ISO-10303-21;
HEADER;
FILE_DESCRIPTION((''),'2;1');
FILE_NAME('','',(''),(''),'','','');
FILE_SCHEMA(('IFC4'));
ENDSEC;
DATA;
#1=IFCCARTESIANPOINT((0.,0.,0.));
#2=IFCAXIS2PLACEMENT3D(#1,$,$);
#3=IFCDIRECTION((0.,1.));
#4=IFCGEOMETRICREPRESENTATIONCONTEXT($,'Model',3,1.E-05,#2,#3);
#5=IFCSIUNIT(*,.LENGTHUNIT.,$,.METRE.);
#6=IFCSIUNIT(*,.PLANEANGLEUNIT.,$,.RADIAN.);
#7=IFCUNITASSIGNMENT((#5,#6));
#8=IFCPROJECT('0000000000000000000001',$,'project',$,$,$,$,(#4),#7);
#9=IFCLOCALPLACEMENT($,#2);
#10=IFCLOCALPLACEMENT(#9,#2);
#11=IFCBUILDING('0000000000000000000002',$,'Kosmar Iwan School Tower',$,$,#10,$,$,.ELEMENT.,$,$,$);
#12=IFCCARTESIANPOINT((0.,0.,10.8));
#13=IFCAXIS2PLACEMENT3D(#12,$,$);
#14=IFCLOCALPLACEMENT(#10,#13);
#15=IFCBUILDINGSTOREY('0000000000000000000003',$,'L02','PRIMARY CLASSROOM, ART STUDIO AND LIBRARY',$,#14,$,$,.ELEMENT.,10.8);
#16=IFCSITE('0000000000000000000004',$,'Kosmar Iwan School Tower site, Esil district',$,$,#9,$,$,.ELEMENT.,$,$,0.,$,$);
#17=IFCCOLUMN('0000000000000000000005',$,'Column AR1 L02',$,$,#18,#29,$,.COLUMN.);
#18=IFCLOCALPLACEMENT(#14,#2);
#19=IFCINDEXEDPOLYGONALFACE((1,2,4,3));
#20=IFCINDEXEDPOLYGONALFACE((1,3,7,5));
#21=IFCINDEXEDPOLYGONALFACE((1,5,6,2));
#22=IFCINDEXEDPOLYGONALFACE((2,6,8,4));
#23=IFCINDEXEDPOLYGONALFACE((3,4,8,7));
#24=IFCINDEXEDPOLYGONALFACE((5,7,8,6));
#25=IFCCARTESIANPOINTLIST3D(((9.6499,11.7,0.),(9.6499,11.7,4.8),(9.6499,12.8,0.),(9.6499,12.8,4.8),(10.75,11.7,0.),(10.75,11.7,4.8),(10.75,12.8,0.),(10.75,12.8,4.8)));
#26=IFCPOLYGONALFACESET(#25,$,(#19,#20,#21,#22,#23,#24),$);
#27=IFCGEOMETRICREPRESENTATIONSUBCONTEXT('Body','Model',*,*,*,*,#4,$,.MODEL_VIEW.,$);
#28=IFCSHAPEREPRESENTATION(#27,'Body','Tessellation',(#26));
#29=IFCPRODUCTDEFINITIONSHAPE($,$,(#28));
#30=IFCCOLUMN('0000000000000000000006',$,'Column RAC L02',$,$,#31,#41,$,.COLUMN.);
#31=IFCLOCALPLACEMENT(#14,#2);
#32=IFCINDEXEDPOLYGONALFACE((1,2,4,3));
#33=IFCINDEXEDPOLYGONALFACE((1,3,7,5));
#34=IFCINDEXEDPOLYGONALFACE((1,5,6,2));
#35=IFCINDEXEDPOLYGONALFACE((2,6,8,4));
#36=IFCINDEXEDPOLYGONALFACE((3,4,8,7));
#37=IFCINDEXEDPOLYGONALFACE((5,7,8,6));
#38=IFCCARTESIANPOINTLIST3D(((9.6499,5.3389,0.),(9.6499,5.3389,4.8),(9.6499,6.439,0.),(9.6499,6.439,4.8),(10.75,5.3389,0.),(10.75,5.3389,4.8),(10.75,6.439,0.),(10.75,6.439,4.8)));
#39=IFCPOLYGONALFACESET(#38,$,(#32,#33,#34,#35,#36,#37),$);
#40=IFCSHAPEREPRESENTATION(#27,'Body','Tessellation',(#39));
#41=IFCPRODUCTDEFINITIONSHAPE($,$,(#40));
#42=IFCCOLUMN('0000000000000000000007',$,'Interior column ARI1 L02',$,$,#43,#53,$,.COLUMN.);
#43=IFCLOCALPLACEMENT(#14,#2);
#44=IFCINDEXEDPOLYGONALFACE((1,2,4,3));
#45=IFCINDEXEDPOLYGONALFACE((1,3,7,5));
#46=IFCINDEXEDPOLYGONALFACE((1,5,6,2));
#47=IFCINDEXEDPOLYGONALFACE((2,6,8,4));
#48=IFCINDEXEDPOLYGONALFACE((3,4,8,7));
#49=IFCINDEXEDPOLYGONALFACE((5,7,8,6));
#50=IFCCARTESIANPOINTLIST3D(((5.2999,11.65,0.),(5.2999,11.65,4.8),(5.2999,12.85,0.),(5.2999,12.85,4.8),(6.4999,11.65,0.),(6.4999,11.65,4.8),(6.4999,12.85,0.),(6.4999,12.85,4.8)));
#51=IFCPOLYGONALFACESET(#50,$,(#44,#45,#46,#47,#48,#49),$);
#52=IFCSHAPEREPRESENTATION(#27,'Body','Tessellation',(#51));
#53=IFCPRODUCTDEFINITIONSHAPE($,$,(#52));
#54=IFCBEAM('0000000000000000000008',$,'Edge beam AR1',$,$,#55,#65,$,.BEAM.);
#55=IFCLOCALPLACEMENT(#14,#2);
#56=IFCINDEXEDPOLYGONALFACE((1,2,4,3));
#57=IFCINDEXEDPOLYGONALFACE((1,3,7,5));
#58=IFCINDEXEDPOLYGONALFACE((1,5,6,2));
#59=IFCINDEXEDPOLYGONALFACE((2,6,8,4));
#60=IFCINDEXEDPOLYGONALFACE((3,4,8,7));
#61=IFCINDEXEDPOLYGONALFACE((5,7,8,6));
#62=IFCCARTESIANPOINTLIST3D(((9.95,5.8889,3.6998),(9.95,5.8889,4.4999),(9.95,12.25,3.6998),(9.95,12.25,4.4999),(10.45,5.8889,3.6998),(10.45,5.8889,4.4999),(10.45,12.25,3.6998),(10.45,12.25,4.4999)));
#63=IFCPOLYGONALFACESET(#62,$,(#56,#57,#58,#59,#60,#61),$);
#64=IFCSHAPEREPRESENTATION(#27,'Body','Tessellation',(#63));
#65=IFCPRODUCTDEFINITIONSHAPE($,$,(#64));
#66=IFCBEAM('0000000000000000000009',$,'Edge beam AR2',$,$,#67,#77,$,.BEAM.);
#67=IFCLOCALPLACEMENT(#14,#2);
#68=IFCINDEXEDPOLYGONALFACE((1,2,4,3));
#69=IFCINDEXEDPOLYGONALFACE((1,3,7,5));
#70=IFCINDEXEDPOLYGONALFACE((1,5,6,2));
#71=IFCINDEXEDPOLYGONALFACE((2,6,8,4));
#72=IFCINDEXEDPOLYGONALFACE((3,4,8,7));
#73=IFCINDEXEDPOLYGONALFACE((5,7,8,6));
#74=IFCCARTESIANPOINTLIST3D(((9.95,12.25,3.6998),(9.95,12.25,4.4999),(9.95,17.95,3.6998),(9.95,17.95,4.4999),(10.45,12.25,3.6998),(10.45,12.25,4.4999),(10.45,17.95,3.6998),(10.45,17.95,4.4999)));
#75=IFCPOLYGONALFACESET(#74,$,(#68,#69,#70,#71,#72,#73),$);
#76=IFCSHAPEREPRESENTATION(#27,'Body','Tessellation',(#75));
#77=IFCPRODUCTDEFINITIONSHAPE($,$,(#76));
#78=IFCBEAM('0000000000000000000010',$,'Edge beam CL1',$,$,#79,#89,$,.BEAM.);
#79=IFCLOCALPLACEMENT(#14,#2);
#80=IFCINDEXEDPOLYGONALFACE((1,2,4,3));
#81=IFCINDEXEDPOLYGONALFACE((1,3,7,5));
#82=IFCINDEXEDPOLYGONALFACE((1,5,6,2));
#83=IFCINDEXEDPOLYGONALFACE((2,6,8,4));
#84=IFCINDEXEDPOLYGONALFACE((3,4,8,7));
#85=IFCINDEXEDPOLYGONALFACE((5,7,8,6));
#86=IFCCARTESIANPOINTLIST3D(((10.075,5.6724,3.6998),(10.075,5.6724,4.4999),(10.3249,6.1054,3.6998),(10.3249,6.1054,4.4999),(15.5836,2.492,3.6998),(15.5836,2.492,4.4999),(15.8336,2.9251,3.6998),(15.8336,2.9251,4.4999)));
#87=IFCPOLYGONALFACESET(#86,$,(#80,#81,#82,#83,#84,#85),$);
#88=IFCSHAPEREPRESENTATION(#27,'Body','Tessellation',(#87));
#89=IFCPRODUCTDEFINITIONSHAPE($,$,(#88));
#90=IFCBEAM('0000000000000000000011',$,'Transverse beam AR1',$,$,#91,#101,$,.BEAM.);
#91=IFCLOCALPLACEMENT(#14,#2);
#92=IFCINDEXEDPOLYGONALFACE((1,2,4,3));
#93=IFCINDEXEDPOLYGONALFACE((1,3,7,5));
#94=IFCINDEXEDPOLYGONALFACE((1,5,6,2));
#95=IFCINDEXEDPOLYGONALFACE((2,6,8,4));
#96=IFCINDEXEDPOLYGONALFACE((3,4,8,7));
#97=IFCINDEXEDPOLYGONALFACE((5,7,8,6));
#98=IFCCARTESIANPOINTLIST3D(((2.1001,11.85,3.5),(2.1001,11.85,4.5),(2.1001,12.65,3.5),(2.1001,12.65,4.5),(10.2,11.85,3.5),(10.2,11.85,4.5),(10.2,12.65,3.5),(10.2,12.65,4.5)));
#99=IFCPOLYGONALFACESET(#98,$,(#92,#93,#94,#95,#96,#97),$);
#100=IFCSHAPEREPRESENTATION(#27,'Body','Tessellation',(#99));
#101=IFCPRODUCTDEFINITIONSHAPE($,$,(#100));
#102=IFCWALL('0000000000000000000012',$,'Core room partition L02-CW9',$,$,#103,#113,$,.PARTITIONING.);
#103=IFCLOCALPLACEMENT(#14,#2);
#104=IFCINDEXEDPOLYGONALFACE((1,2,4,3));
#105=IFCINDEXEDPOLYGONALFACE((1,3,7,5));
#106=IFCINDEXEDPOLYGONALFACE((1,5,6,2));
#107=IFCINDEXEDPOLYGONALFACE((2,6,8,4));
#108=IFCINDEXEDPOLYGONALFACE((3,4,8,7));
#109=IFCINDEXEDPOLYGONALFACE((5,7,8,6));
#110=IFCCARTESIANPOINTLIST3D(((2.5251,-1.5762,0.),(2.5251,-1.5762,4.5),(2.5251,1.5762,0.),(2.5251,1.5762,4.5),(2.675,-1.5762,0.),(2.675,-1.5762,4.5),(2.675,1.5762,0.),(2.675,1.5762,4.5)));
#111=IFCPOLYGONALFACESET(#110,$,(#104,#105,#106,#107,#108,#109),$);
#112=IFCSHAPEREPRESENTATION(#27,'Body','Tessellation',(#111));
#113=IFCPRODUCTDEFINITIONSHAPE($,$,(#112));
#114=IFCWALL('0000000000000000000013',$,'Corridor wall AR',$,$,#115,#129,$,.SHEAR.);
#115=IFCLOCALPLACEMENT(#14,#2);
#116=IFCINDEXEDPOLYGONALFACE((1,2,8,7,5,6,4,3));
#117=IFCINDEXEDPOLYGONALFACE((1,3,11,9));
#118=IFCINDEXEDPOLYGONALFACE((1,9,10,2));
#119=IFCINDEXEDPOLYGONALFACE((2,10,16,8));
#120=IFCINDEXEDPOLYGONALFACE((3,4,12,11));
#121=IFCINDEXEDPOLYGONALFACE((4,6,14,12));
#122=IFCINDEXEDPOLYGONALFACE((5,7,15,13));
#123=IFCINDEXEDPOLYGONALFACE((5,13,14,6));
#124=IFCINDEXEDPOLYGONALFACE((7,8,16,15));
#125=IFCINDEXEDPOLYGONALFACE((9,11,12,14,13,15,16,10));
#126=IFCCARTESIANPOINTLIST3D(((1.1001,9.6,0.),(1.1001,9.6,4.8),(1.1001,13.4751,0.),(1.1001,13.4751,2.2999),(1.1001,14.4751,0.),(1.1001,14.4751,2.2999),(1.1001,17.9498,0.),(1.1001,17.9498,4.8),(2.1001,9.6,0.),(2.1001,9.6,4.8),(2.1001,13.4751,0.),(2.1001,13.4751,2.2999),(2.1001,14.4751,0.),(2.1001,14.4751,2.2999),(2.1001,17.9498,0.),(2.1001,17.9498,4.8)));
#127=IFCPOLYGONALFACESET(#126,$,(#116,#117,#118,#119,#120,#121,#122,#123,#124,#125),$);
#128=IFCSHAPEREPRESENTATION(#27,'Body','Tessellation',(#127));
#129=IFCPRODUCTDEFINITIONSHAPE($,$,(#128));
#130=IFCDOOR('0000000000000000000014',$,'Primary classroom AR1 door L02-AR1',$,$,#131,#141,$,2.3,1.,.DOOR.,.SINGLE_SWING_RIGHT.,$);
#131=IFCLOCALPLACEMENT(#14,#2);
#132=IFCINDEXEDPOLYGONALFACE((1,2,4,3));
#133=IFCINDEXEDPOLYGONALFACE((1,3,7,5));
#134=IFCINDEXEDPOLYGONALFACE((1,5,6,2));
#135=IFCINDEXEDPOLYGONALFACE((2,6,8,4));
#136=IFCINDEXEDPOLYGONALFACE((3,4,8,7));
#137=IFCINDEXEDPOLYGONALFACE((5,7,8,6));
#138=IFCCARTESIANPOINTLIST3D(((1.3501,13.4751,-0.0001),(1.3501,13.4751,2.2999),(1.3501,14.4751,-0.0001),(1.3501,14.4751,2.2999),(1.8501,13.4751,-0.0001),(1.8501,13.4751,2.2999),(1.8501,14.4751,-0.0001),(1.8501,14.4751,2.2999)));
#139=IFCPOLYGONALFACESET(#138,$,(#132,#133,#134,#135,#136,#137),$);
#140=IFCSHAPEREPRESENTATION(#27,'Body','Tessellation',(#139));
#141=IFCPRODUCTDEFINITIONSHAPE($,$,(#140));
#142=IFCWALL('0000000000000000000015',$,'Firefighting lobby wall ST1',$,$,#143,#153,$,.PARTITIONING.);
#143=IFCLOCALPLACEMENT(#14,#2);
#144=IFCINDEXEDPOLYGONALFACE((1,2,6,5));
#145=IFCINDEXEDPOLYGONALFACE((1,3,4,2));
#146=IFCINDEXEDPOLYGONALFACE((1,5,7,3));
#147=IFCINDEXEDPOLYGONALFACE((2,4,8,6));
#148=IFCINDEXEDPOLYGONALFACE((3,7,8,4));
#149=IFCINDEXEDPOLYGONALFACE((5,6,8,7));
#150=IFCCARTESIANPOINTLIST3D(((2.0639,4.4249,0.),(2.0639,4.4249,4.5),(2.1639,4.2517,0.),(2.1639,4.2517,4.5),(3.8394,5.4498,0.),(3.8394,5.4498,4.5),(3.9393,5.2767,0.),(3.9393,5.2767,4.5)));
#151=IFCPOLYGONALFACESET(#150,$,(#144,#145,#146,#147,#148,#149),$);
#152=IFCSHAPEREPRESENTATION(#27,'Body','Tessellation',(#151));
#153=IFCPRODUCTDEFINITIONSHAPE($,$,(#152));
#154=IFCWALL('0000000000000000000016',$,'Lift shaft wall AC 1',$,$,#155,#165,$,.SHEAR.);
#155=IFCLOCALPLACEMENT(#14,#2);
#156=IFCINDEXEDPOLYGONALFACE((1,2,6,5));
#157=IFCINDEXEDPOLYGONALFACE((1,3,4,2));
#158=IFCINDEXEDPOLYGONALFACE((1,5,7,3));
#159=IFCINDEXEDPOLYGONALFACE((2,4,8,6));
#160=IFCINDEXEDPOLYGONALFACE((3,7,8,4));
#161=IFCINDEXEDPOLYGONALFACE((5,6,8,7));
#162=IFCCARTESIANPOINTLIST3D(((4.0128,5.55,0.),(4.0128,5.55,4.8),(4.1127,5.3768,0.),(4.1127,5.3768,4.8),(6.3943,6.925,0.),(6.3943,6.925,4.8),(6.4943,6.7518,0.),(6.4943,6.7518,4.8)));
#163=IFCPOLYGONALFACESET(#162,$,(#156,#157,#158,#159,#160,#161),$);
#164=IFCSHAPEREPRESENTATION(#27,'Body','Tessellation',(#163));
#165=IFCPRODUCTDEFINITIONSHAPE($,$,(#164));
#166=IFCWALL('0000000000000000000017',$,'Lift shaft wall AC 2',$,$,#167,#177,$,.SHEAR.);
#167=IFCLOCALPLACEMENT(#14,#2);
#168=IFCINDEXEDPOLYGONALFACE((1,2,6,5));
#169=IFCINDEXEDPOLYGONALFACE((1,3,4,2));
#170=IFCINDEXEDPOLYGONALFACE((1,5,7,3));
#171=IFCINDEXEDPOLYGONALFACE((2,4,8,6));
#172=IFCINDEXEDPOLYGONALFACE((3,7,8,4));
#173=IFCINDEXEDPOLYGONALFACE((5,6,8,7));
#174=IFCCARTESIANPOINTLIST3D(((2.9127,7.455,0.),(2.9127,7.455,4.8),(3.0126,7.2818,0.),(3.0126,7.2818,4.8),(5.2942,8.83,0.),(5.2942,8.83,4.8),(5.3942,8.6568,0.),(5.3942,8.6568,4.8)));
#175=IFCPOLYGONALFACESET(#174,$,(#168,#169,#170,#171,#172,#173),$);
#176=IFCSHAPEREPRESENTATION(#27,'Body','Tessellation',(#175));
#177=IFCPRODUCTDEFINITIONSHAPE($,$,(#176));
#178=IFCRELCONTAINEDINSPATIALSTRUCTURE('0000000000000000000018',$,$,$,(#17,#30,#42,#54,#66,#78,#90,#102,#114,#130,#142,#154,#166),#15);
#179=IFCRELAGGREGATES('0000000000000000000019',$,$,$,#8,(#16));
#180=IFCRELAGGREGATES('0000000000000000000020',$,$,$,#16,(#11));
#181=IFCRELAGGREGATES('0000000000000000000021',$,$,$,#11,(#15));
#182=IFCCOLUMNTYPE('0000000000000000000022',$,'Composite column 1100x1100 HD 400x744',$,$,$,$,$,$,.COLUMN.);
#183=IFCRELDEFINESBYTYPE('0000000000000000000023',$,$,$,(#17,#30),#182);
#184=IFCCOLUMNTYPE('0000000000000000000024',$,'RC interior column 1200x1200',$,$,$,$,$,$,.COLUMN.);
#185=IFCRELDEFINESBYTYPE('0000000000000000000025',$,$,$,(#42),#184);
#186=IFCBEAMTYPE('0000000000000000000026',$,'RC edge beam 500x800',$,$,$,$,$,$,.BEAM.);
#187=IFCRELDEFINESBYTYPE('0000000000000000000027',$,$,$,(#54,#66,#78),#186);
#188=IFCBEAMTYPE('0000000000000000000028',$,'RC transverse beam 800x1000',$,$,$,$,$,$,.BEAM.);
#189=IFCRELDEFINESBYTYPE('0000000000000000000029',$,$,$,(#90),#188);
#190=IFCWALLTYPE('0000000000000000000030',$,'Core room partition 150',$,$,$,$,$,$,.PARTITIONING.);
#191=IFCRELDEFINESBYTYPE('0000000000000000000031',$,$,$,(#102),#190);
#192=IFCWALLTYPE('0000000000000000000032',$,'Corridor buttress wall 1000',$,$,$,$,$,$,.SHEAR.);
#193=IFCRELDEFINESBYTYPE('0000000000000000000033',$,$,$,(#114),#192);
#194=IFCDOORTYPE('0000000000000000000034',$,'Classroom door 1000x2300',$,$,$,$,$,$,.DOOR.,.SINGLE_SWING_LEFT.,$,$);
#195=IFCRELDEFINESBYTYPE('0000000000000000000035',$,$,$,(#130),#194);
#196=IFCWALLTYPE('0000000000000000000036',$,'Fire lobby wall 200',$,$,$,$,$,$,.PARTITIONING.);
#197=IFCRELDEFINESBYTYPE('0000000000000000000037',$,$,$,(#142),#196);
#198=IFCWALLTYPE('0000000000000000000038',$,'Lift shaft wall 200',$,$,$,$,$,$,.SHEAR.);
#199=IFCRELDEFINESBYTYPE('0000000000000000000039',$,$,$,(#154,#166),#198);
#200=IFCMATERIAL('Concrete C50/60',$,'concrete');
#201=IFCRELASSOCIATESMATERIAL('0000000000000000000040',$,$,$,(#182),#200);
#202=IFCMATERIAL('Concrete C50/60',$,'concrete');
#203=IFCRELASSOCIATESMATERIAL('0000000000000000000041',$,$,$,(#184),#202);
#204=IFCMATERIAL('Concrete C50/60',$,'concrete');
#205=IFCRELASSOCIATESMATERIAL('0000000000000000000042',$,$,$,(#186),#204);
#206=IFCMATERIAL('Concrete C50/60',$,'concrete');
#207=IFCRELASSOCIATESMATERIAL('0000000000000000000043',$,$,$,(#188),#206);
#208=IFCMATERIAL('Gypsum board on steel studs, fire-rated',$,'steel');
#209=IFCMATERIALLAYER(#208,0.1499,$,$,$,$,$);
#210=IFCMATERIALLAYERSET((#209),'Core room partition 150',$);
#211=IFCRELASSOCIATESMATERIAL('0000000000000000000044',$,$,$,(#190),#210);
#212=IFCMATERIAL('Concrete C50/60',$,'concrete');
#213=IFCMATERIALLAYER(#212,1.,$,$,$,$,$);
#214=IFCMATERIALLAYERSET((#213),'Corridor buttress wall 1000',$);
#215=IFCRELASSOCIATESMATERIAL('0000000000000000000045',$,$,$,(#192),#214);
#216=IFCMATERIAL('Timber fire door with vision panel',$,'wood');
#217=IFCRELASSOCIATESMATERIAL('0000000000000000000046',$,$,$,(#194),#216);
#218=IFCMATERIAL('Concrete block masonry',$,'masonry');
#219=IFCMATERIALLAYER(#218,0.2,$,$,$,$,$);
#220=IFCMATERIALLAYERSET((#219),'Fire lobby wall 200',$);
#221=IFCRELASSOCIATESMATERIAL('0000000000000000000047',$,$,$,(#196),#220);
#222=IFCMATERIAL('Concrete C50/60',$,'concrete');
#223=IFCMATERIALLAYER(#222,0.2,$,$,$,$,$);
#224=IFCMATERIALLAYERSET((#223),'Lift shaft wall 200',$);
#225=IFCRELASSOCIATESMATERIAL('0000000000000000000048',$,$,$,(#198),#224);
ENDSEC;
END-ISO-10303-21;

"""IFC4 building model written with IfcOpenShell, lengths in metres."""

from ifc_helpers import new_model, si_unit, direction, frame, frame_2d, origin, origin_2d, place, context, subcontext, project, spatial, rectangle, extrude, material, layer, layer_set, material_profile, profile_set, type_object, element, fill, save


model = new_model("IFC4")

# Units and contexts
model_context = context("Model", 3, precision=1e-05, world=origin(), true_north=direction((0.0, 1.0)))
body_context = subcontext(model_context, "Body", "Model", "MODEL_VIEW")
ifc_project = project(units=[si_unit("LENGTHUNIT", "METRE"), si_unit("PLANEANGLEUNIT", "RADIAN")], contexts=[model_context])

# Site, building, storey
site_placement = place(None, origin())
site = spatial("IfcSite", under=ifc_project, at=site_placement, Name="Kosmar Iwan School Tower site, Esil district", CompositionType="ELEMENT", RefElevation=0.0)
building_placement = place(site_placement, origin())
building = spatial("IfcBuilding", under=site, at=building_placement, Name="Kosmar Iwan School Tower", CompositionType="ELEMENT")
storey_placement = place(building_placement, frame((0.0, 0.0, 10.8)))
storey = spatial("IfcBuildingStorey", under=building, at=storey_placement, Name="L02", Description="PRIMARY CLASSROOM, ART STUDIO AND LIBRARY", CompositionType="ELEMENT", Elevation=10.8)

# Columns
ifc_material_1 = material(Name="Concrete C50/60", Category="concrete")
ifc_material_profile_1 = material_profile(ifc_material_1, rectangle(XDim=1.1001, YDim=1.1001, at=origin_2d()), Name="RC 1100x1100 + HD 400x744")
ifc_profile_set_1 = profile_set([ifc_material_profile_1], Name="Concrete C50/60")
column_type_1 = type_object("IfcColumnType", Name="Composite column 1100x1100 HD 400x744", PredefinedType="COLUMN", material=ifc_profile_set_1)
for number, where, z_axis, x_axis, name in (
    (1, (10.2, 12.25, 0.0), (0.0, 0.0, 1.0), (0.0, 1.0, 0.0), "Column AR1 L02"),
    (2, (10.2, 5.8889, 0.0), (0.0, 0.0, 1.0), (1.0, 0.0, 0.0), "Column RAC L02"),
):
    element("IfcColumn", number, at=place(storey_placement, frame(where, z_axis=z_axis, x_axis=x_axis)), inside=storey, type_object=column_type_1, Name=name, PredefinedType="COLUMN", context=body_context, shape_type="SweptSolid", body=[
        extrude(rectangle(XDim=1.1001, YDim=1.1001, at=origin_2d()), origin(), (0.0, 0.0, 1.0), 4.8),
    ])
ifc_material_2 = material(Name="Concrete C50/60", Category="concrete")
ifc_material_profile_2 = material_profile(ifc_material_2, rectangle(XDim=1.2, YDim=1.2, at=origin_2d()), Name="RC 1200x1200")
ifc_profile_set_2 = profile_set([ifc_material_profile_2], Name="Concrete C50/60")
column_type_2 = type_object("IfcColumnType", Name="RC interior column 1200x1200", PredefinedType="COLUMN", material=ifc_profile_set_2)
column_placement = place(storey_placement, frame((5.8999, 12.25, 0.0), z_axis=(0.0, 0.0, 1.0), x_axis=(0.0, 1.0, 0.0)))
element("IfcColumn", 3, at=column_placement, inside=storey, type_object=column_type_2, Name="Interior column ARI1 L02", PredefinedType="COLUMN", context=body_context, shape_type="SweptSolid", body=[
    extrude(rectangle(XDim=1.2, YDim=1.2, at=origin_2d()), origin(), (0.0, 0.0, 1.0), 4.8),
])

# Beams
ifc_material_3 = material(Name="Concrete C50/60", Category="concrete")
ifc_material_profile_3 = material_profile(ifc_material_3, rectangle(XDim=0.5, YDim=0.8, at=origin_2d()), Name="RC 500x800")
ifc_profile_set_3 = profile_set([ifc_material_profile_3], Name="Concrete C50/60")
beam_type_1 = type_object("IfcBeamType", Name="RC edge beam 500x800", PredefinedType="BEAM", material=ifc_profile_set_3)
beam_1_placement = place(storey_placement, frame((10.2, 5.8889, 4.0999), z_axis=(0.0, 1.0, 0.0), x_axis=(-1.0, 0.0, 0.0)))
element("IfcBeam", 4, at=beam_1_placement, inside=storey, type_object=beam_type_1, Name="Edge beam AR1", PredefinedType="BEAM", context=body_context, shape_type="SweptSolid", body=[
    extrude(rectangle(XDim=0.5, YDim=0.8, at=origin_2d()), origin(), (0.0, 0.0, 1.0), 6.3611),
])
beam_2_placement = place(storey_placement, frame((10.2, 12.25, 4.0999), z_axis=(0.0, 1.0, 0.0), x_axis=(-1.0, 0.0, 0.0)))
element("IfcBeam", 5, at=beam_2_placement, inside=storey, type_object=beam_type_1, Name="Edge beam AR2", PredefinedType="BEAM", context=body_context, shape_type="SweptSolid", body=[
    extrude(rectangle(XDim=0.5, YDim=0.8, at=origin_2d()), origin(), (0.0, 0.0, 1.0), 5.7),
])
beam_3_placement = place(storey_placement, frame((10.2, 5.8889, 4.0999), z_axis=(0.866031, -0.49999, 0.0), x_axis=(0.49999, 0.866031, 0.0)))
element("IfcBeam", 6, at=beam_3_placement, inside=storey, type_object=beam_type_1, Name="Edge beam CL1", PredefinedType="BEAM", context=body_context, shape_type="SweptSolid", body=[
    extrude(rectangle(XDim=0.5, YDim=0.8, at=origin_2d()), origin(), (0.0, 0.0, 1.0), 6.3608),
])
ifc_material_4 = material(Name="Concrete C50/60", Category="concrete")
ifc_material_profile_4 = material_profile(ifc_material_4, rectangle(XDim=0.8, YDim=1.0, at=origin_2d()), Name="RC 800x1000")
ifc_profile_set_4 = profile_set([ifc_material_profile_4], Name="Concrete C50/60")
beam_type_2 = type_object("IfcBeamType", Name="RC transverse beam 800x1000", PredefinedType="BEAM", material=ifc_profile_set_4)
beam_4_placement = place(storey_placement, frame((10.2, 12.25, 4.0), z_axis=(-1.0, 0.0, 0.0), x_axis=(0.0, -1.0, 0.0)))
element("IfcBeam", 7, at=beam_4_placement, inside=storey, type_object=beam_type_2, Name="Transverse beam AR1", PredefinedType="BEAM", context=body_context, shape_type="SweptSolid", body=[
    extrude(rectangle(XDim=0.8, YDim=1.0, at=origin_2d()), origin(), (0.0, 0.0, 1.0), 8.0999),
])

# Wall
ifc_material_5 = material(Name="Gypsum board on steel studs, fire-rated", Category="steel")
ifc_layer_1 = layer(ifc_material_5, 0.1499)
ifc_layer_set_1 = layer_set([ifc_layer_1], Name="Core room partition 150")
wall_type_1 = type_object("IfcWallType", Name="Core room partition 150", PredefinedType="PARTITIONING", material=ifc_layer_set_1)
wall_1_placement = place(storey_placement, frame((2.6001, 1.5762, 0.0), z_axis=(0.0, 0.0, 1.0), x_axis=(0.0, -1.0, 0.0)))
element("IfcWall", 8, at=wall_1_placement, inside=storey, type_object=wall_type_1, Name="Core room partition L02-CW9", PredefinedType="PARTITIONING", context=body_context, shape_type="SweptSolid", body=[
    extrude(rectangle(XDim=3.1523, YDim=0.1499, at=frame_2d((1.5762, 0.0))), origin(), (0.0, 0.0, 1.0), 4.5),
])

# Wall, opening, door
ifc_material_6 = material(Name="Concrete C50/60", Category="concrete")
ifc_layer_2 = layer(ifc_material_6, 1.0)
ifc_layer_set_2 = layer_set([ifc_layer_2], Name="Corridor buttress wall 1000")
wall_type_2 = type_object("IfcWallType", Name="Corridor buttress wall 1000", PredefinedType="SHEAR", material=ifc_layer_set_2)
wall_2_placement = place(storey_placement, frame((1.6001, 9.6001, 0.0), z_axis=(0.0, 0.0, 1.0), x_axis=(0.0, 1.0, 0.0)))
wall_2 = element("IfcWall", 9, at=wall_2_placement, inside=storey, type_object=wall_type_2, Name="Corridor wall AR", PredefinedType="SHEAR", context=body_context, shape_type="SweptSolid", body=[
    extrude(rectangle(XDim=8.3499, YDim=1.0, at=frame_2d((4.1748, 0.0))), origin(), (0.0, 0.0, 1.0), 4.8),
])
opening_1_placement = place(wall_2_placement, frame((3.875, 0.0, 0.0)))
opening_1 = element("IfcOpeningElement", 10, at=opening_1_placement, cuts=wall_2, PredefinedType="OPENING", context=body_context, shape_type="SweptSolid", body=[
    extrude(rectangle(XDim=1.0, YDim=2.3, at=frame_2d((0.5, 1.1499))), frame((0.0, 0.512, 0.0), z_axis=(0.0, -1.0, 0.0), x_axis=(1.0, 0.0, 0.0)), (0.0, 0.0, 1.0), 1.0239),
])
ifc_material_7 = material(Name="Timber fire door with vision panel", Category="wood")
door_type_1 = type_object("IfcDoorType", Name="Classroom door 1000x2300", OperationType="SINGLE_SWING_LEFT", PredefinedType="DOOR", material=ifc_material_7)
door_1_placement = place(opening_1_placement, origin())
door_1 = element("IfcDoor", 11, at=door_1_placement, inside=storey, type_object=door_type_1, Name="Primary classroom AR1 door L02-AR1", OperationType="SINGLE_SWING_RIGHT", OverallHeight=2.3, OverallWidth=1.0, PredefinedType="DOOR", context=body_context, shape_type="SweptSolid", body=[
    extrude(rectangle(XDim=1.0, YDim=2.3, at=frame_2d((0.5, 1.1499))), frame((0.0, 0.25, 0.0), z_axis=(0.0, -1.0, 0.0), x_axis=(1.0, 0.0, 0.0)), (0.0, 0.0, 1.0), 0.5),
])
fill(opening_1, door_1)

# Walls
ifc_material_8 = material(Name="Concrete block masonry", Category="masonry")
ifc_layer_3 = layer(ifc_material_8, 0.2)
ifc_layer_set_3 = layer_set([ifc_layer_3], Name="Fire lobby wall 200")
wall_type_3 = type_object("IfcWallType", Name="Fire lobby wall 200", PredefinedType="PARTITIONING", material=ifc_layer_set_3)
wall_3_placement = place(storey_placement, frame((2.114, 4.3384, 0.0), z_axis=(0.0, 0.0, 1.0), x_axis=(0.866051, 0.499956, 0.0)))
element("IfcWall", 12, at=wall_3_placement, inside=storey, type_object=wall_type_3, Name="Firefighting lobby wall ST1", PredefinedType="PARTITIONING", context=body_context, shape_type="SweptSolid", body=[
    extrude(rectangle(XDim=2.05, YDim=0.2, at=frame_2d((1.0249, 0.0))), origin(), (0.0, 0.0, 1.0), 4.5),
])
ifc_material_9 = material(Name="Concrete C50/60", Category="concrete")
ifc_layer_4 = layer(ifc_material_9, 0.2)
ifc_layer_set_4 = layer_set([ifc_layer_4], Name="Lift shaft wall 200")
wall_type_4 = type_object("IfcWallType", Name="Lift shaft wall 200", PredefinedType="SHEAR", material=ifc_layer_set_4)
for number, where, z_axis, x_axis, name in (
    (13, (4.0627, 5.4634, 0.0), (0.0, 0.0, 1.0), (0.866027, 0.499997, 0.0), "Lift shaft wall AC 1"),
    (14, (2.9626, 7.3684, 0.0), (0.0, 0.0, 1.0), (0.866027, 0.499997, 0.0), "Lift shaft wall AC 2"),
):
    element("IfcWall", number, at=place(storey_placement, frame(where, z_axis=z_axis, x_axis=x_axis)), inside=storey, type_object=wall_type_4, Name=name, PredefinedType="SHEAR", context=body_context, shape_type="SweptSolid", body=[
        extrude(rectangle(XDim=2.75, YDim=0.2, at=frame_2d((1.375, 0.0))), origin(), (0.0, 0.0, 1.0), 4.8),
    ])

save(model, "model.ifc")
